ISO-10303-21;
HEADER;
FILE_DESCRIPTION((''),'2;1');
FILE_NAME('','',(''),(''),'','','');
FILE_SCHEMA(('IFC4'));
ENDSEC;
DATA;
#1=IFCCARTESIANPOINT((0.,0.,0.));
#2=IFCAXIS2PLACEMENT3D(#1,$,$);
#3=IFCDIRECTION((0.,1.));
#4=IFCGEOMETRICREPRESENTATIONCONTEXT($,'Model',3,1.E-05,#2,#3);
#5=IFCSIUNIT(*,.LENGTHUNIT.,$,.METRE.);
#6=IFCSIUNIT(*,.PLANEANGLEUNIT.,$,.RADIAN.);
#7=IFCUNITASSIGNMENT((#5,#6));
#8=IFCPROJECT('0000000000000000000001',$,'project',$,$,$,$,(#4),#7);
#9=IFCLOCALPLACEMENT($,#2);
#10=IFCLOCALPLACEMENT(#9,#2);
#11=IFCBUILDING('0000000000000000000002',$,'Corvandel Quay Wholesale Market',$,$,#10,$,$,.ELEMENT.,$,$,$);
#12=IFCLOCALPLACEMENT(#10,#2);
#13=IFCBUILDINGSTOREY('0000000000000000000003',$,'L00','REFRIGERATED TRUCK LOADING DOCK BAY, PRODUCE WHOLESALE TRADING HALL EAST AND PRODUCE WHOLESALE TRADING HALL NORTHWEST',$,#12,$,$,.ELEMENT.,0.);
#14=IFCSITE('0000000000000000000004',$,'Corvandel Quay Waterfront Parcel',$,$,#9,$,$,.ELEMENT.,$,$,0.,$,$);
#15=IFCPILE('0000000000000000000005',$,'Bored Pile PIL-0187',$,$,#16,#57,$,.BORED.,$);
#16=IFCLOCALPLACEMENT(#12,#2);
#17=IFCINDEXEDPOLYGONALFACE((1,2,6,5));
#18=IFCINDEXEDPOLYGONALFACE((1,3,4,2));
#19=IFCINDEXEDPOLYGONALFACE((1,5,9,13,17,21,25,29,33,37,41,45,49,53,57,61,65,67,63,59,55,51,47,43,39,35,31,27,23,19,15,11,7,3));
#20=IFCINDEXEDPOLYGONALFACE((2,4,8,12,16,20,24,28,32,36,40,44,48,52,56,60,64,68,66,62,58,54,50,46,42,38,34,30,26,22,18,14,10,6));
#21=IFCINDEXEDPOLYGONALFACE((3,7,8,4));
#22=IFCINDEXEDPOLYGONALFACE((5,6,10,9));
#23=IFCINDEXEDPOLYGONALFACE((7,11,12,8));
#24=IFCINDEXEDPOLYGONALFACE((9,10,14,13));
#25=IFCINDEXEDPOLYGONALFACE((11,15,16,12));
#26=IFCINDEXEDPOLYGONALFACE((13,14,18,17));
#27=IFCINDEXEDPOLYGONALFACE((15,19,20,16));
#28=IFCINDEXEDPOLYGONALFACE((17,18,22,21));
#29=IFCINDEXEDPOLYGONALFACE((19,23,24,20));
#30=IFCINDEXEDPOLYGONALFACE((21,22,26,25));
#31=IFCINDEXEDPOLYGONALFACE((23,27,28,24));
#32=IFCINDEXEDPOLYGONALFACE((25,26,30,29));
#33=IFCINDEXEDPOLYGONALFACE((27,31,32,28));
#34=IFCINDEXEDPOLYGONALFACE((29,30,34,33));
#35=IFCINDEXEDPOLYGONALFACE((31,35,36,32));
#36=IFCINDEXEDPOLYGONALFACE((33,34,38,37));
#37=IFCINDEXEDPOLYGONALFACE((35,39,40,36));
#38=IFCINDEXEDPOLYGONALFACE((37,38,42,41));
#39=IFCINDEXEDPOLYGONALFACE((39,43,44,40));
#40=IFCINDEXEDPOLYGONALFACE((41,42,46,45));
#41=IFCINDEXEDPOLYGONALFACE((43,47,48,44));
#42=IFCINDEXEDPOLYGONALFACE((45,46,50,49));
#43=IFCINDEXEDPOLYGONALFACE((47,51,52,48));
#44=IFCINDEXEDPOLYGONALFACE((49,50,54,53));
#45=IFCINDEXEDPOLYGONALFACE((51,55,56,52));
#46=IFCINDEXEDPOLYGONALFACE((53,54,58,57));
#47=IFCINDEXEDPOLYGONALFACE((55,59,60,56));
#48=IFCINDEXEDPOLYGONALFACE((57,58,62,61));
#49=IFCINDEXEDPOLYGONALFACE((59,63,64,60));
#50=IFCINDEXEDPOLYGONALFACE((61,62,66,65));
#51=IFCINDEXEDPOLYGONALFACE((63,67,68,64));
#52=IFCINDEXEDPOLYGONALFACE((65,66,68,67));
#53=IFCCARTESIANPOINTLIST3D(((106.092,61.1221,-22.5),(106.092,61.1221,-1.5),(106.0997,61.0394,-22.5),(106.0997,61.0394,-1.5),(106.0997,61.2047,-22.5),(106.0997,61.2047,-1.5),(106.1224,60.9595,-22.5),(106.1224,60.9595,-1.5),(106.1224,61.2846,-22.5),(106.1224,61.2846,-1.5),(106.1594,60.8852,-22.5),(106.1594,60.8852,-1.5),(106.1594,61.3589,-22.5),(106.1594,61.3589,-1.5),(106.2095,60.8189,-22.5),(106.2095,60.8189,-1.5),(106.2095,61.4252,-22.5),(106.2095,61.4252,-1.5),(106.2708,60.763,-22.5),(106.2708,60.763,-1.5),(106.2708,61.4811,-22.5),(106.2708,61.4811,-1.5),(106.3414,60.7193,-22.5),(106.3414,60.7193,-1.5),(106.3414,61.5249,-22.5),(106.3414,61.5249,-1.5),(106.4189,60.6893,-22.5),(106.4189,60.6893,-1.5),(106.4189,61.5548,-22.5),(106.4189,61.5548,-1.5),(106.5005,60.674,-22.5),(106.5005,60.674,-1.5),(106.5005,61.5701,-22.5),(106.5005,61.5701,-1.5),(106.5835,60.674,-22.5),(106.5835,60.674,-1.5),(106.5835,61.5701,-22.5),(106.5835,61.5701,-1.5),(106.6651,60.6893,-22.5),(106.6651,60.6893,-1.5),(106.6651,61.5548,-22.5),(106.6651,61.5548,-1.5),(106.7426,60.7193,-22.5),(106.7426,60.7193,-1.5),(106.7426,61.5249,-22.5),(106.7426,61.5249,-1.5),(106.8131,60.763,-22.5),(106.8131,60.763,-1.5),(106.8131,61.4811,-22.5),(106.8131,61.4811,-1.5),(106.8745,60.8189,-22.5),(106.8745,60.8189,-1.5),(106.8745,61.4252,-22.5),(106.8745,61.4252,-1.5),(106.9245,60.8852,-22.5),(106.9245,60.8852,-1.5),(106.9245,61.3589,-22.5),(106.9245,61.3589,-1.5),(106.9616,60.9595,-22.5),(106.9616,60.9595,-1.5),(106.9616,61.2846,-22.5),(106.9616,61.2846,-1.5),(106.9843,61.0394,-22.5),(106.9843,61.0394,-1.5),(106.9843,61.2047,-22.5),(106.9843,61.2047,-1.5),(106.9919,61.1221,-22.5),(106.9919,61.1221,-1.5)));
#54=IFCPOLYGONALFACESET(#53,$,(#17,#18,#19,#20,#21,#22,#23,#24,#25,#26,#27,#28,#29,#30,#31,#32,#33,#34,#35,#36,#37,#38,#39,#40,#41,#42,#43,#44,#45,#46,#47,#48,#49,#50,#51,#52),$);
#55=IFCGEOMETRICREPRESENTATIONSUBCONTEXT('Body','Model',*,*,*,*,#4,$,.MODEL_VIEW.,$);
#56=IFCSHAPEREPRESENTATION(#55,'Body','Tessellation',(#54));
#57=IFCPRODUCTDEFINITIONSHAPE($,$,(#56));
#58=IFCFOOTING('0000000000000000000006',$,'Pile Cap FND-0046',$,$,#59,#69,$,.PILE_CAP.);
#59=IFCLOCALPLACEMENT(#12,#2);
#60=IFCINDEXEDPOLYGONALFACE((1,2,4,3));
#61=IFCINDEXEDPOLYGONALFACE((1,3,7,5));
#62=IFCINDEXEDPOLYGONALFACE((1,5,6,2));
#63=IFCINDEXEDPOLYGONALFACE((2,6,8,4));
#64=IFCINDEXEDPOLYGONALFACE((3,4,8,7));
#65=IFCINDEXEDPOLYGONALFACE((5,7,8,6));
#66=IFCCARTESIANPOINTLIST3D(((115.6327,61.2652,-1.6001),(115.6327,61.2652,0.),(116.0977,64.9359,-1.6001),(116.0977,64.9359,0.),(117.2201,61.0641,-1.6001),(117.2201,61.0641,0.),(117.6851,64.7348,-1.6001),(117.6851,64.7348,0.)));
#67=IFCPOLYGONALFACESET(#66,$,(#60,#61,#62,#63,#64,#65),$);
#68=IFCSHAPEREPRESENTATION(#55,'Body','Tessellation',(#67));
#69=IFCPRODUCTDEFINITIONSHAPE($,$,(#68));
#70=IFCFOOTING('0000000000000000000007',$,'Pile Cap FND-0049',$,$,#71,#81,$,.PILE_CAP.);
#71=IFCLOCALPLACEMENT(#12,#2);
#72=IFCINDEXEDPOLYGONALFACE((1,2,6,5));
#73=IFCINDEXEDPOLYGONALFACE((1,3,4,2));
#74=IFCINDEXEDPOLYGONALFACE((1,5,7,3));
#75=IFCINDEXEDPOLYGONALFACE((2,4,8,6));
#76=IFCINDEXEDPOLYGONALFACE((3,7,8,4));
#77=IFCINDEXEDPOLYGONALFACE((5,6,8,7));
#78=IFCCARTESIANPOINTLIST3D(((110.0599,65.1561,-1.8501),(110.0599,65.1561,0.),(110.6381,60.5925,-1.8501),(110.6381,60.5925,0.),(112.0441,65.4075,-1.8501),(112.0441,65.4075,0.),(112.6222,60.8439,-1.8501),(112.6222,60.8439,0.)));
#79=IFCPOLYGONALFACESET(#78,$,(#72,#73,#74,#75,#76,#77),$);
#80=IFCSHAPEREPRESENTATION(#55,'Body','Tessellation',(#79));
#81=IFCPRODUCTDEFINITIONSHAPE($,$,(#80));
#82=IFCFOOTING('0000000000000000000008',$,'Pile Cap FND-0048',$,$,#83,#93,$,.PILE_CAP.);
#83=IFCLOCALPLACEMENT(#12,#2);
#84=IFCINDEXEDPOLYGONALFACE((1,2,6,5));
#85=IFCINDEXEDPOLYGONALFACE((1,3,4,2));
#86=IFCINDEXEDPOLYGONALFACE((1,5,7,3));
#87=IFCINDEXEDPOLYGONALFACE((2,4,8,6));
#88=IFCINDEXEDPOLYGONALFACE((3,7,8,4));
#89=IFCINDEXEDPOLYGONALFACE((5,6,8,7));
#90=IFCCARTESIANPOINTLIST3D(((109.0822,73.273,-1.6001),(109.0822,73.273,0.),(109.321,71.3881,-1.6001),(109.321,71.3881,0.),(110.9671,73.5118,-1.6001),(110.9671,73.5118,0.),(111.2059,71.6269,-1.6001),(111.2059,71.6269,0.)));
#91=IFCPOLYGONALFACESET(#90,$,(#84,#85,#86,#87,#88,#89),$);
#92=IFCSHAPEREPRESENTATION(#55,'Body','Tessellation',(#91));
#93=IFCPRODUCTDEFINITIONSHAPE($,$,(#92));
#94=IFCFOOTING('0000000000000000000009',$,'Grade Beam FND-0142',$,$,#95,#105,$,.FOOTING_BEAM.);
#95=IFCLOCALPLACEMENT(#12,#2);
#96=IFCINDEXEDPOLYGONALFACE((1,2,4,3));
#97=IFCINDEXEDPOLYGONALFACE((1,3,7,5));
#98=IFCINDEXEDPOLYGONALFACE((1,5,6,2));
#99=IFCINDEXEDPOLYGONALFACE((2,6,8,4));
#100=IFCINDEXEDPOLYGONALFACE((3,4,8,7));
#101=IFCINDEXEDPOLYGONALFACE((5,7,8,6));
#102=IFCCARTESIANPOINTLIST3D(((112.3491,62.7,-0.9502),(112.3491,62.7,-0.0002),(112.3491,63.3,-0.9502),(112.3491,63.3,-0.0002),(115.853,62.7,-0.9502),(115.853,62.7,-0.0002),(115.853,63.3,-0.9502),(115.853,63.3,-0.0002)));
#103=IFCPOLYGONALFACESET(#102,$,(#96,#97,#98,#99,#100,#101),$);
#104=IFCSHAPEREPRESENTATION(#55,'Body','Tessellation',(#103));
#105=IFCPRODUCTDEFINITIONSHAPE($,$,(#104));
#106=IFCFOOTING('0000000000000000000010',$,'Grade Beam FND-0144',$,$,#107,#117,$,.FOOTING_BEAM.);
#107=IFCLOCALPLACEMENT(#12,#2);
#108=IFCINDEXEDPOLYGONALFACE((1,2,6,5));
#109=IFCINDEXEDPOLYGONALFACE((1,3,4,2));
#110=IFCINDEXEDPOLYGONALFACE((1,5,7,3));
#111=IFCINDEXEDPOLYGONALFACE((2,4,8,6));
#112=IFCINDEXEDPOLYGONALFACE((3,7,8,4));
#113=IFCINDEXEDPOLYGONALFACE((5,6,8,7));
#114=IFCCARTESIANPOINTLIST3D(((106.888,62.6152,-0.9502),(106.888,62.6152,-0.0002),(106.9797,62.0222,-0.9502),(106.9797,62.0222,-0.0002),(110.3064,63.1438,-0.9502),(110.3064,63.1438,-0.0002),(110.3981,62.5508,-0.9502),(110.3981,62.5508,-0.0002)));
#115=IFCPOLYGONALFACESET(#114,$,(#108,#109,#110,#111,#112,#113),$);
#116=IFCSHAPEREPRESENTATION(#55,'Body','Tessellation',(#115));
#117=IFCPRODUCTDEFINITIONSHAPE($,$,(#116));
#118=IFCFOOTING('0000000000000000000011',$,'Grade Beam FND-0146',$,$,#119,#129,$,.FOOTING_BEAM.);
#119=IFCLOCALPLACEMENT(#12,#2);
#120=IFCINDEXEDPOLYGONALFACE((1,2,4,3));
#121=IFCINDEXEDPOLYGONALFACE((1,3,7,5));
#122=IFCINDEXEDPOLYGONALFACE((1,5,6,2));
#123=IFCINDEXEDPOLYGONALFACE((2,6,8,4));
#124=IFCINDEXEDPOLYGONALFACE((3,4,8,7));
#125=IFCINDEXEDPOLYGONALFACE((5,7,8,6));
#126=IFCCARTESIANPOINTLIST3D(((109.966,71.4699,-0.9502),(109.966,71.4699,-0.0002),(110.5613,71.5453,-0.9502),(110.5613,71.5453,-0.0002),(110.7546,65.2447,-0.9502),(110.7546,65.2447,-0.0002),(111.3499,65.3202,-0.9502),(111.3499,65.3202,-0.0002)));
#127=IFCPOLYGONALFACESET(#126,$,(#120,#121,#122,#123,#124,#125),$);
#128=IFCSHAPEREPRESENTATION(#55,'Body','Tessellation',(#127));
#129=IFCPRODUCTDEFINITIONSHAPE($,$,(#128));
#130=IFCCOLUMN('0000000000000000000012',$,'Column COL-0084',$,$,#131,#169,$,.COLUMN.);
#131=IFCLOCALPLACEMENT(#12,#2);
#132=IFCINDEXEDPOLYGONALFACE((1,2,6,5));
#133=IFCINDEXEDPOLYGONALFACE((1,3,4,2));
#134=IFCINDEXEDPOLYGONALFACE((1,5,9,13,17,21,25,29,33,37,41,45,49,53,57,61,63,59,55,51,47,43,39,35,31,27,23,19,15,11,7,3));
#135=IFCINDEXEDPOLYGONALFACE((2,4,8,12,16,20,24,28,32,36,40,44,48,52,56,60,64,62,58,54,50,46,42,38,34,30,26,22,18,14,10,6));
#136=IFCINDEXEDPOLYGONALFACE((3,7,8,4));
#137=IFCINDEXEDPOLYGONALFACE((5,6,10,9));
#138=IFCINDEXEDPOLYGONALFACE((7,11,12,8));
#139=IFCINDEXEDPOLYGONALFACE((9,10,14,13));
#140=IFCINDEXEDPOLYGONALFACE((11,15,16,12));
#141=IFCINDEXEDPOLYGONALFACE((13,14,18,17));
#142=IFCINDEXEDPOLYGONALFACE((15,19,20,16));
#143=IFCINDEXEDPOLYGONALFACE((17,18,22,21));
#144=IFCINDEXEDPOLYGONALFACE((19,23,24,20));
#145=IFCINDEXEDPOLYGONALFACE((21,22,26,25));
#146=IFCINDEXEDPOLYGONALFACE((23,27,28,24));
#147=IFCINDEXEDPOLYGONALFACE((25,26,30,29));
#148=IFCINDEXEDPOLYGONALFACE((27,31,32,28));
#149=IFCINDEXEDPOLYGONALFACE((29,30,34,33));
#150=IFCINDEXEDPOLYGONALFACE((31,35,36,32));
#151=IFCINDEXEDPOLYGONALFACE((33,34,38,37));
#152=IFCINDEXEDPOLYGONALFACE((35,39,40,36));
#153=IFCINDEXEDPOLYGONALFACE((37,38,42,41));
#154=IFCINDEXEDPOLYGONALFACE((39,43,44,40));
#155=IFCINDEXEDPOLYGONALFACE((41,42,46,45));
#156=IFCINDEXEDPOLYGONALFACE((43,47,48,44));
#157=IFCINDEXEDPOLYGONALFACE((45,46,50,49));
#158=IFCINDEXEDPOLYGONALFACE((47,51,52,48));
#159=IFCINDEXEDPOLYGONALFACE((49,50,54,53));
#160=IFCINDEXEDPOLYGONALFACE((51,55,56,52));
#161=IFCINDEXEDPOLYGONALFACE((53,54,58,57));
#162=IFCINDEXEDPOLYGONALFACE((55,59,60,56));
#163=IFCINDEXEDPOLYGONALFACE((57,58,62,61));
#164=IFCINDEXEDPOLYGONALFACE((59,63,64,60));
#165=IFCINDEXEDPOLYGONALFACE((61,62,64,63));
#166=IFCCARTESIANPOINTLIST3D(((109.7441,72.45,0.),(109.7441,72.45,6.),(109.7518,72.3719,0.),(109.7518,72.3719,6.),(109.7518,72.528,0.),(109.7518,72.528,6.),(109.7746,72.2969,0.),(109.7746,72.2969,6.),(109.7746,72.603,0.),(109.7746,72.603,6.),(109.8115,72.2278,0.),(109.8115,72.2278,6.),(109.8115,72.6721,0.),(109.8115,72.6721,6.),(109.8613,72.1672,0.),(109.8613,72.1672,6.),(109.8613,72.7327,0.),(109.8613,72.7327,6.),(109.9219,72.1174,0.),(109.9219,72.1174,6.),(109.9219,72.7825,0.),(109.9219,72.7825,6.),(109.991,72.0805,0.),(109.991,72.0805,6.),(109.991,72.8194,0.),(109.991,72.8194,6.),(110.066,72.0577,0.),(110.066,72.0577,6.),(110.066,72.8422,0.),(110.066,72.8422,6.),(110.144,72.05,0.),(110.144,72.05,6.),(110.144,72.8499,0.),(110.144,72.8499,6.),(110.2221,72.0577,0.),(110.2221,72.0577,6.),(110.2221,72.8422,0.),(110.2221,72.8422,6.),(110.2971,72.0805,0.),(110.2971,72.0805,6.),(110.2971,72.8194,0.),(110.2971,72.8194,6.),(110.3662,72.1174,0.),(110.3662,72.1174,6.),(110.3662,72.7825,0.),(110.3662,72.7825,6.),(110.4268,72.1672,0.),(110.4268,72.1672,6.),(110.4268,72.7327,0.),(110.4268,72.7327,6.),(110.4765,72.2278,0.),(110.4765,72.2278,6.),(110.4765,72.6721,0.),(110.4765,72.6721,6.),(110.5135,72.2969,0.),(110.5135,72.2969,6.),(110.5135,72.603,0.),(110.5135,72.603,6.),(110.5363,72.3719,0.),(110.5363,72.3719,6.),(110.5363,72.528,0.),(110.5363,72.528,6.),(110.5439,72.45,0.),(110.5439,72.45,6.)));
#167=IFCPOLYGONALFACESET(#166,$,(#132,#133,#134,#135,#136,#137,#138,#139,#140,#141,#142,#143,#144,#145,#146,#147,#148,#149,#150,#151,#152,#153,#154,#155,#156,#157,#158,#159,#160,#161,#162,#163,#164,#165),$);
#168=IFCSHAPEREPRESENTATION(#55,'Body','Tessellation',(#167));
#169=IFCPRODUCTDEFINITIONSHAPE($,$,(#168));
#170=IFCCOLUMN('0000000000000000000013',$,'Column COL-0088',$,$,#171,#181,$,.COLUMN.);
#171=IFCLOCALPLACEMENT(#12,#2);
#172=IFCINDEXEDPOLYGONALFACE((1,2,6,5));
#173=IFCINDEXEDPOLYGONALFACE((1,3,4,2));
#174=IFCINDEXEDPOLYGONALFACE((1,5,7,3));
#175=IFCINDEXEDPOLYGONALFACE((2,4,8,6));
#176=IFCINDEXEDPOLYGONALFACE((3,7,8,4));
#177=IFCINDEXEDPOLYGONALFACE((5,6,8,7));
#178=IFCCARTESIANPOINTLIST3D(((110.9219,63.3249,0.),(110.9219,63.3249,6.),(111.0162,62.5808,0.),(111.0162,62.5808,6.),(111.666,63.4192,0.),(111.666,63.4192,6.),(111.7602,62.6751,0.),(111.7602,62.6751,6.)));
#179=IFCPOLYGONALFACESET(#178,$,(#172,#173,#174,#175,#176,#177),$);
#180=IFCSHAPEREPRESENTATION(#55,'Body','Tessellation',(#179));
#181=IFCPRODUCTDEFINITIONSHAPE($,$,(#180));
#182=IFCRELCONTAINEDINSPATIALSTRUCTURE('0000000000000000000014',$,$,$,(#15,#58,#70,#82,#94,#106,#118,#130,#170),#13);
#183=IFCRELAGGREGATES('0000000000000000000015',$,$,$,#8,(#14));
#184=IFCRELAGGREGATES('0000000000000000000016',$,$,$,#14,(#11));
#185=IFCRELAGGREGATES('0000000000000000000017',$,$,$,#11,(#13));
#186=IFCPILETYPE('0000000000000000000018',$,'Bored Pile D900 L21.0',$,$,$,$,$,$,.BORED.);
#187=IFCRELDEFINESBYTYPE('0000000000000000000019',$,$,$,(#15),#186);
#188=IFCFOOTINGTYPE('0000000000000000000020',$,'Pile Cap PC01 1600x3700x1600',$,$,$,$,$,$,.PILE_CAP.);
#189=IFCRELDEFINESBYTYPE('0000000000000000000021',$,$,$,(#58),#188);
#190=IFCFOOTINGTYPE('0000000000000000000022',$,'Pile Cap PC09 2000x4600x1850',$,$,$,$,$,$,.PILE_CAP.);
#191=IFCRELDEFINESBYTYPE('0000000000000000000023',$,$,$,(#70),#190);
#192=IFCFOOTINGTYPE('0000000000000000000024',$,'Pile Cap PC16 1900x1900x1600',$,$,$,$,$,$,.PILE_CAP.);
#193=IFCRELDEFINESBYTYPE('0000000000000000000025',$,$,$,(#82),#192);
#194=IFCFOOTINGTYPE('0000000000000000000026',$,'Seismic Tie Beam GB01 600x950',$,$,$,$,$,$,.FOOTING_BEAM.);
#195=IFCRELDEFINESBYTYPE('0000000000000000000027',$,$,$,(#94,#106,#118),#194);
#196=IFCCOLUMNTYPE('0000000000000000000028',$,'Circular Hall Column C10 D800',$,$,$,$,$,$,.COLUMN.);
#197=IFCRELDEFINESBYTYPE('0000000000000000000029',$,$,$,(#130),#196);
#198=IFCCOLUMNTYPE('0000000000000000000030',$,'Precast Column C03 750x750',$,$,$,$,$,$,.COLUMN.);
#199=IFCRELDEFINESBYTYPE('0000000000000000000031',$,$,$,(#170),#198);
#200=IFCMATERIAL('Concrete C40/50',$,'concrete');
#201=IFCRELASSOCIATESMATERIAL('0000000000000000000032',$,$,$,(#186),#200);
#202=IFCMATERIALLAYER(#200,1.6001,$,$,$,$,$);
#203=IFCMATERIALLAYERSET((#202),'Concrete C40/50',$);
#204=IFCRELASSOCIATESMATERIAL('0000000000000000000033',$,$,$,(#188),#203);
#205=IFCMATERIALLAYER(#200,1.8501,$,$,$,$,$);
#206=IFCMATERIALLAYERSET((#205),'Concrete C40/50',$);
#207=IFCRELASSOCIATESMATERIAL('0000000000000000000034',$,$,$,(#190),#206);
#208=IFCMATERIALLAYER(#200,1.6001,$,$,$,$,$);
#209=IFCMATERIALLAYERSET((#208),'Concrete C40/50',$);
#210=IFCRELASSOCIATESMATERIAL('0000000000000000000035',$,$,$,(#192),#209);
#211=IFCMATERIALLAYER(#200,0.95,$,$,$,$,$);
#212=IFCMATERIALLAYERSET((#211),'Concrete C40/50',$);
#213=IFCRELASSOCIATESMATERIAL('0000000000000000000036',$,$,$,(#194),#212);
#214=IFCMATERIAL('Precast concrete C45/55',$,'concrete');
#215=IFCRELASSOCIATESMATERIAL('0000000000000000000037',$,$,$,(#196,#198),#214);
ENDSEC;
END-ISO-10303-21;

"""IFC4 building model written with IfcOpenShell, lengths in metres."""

from ifc_helpers import new_model, si_unit, direction, frame, origin, origin_2d, place, context, subcontext, project, spatial, rectangle, circle, extrude, material, layer, layer_set, material_profile, profile_set, type_object, element, save


model = new_model("IFC4")

# Units and contexts
model_context = context("Model", 3, precision=1e-05, world=origin(), true_north=direction((0.0, 1.0)))
body_context = subcontext(model_context, "Body", "Model", "MODEL_VIEW")
ifc_project = project(units=[si_unit("LENGTHUNIT", "METRE"), si_unit("PLANEANGLEUNIT", "RADIAN")], contexts=[model_context])

# Site, building, storey
site_placement = place(None, origin())
site = spatial("IfcSite", under=ifc_project, at=site_placement, Name="Corvandel Quay Waterfront Parcel", CompositionType="ELEMENT", RefElevation=0.0)
building_placement = place(site_placement, origin())
building = spatial("IfcBuilding", under=site, at=building_placement, Name="Corvandel Quay Wholesale Market", CompositionType="ELEMENT")
storey_placement = place(building_placement, origin())
storey = spatial("IfcBuildingStorey", under=building, at=storey_placement, Name="L00", Description="REFRIGERATED TRUCK LOADING DOCK BAY, PRODUCE WHOLESALE TRADING HALL EAST AND PRODUCE WHOLESALE TRADING HALL NORTHWEST", CompositionType="ELEMENT", Elevation=0.0)

# Pile
ifc_material_1 = material(Name="Concrete C40/50", Category="concrete")
ifc_material_profile_1 = material_profile(ifc_material_1, circle(Radius=0.45, at=origin_2d()), Name="RC-PILE-D900")
ifc_profile_set_1 = profile_set([ifc_material_profile_1], Name="Concrete C40/50")
pile_type_1 = type_object("IfcPileType", Name="Bored Pile D900 L21.0", PredefinedType="BORED", material=ifc_profile_set_1)
for number, where, z_axis, x_axis, name in (
    (1, (106.542, 61.1221, -1.5), (0.0, 0.0, -1.0), (1.0, 0.0, 0.0), "Bored Pile PIL-0187"),
):
    element("IfcPile", number, at=place(storey_placement, frame(where, z_axis=z_axis, x_axis=x_axis)), inside=storey, type_object=pile_type_1, Name=name, PredefinedType="BORED", context=body_context, shape_type="SweptSolid", body=[
        extrude(circle(Radius=0.45, at=origin_2d()), origin(), (0.0, 0.0, 1.0), 21.0),
    ])

# Footings
ifc_layer_1 = layer(ifc_material_1, 1.6001)
ifc_layer_set_1 = layer_set([ifc_layer_1], Name="Concrete C40/50")
footing_type_1 = type_object("IfcFootingType", Name="Pile Cap PC01 1600x3700x1600", PredefinedType="PILE_CAP", material=ifc_layer_set_1)
footing_1_placement = place(storey_placement, frame((116.6589, 63.0, -1.6001), z_axis=(0.0, 0.0, 1.0), x_axis=(-0.992071, 0.12568, 0.0)))
element("IfcFooting", 2, at=footing_1_placement, inside=storey, type_object=footing_type_1, Name="Pile Cap FND-0046", PredefinedType="PILE_CAP", context=body_context, shape_type="SweptSolid", body=[
    extrude(rectangle(XDim=1.6001, YDim=3.7, at=origin_2d()), origin(), (0.0, 0.0, 1.0), 1.6001),
])
ifc_layer_2 = layer(ifc_material_1, 1.8501)
ifc_layer_set_2 = layer_set([ifc_layer_2], Name="Concrete C40/50")
footing_type_2 = type_object("IfcFootingType", Name="Pile Cap PC09 2000x4600x1850", PredefinedType="PILE_CAP", material=ifc_layer_set_2)
footing_2_placement = place(storey_placement, frame((111.3411, 63.0, -1.8501), z_axis=(0.0, 0.0, 1.0), x_axis=(0.992071, 0.12568, 0.0)))
element("IfcFooting", 3, at=footing_2_placement, inside=storey, type_object=footing_type_2, Name="Pile Cap FND-0049", PredefinedType="PILE_CAP", context=body_context, shape_type="SweptSolid", body=[
    extrude(rectangle(XDim=2.0, YDim=4.6001, at=origin_2d()), origin(), (0.0, 0.0, 1.0), 1.8501),
])
ifc_layer_3 = layer(ifc_material_1, 1.6001)
ifc_layer_set_3 = layer_set([ifc_layer_3], Name="Concrete C40/50")
footing_type_3 = type_object("IfcFootingType", Name="Pile Cap PC16 1900x1900x1600", PredefinedType="PILE_CAP", material=ifc_layer_set_3)
footing_3_placement = place(storey_placement, frame((110.144, 72.45, -1.6001), z_axis=(0.0, 0.0, 1.0), x_axis=(0.992071, 0.12568, 0.0)))
element("IfcFooting", 4, at=footing_3_placement, inside=storey, type_object=footing_type_3, Name="Pile Cap FND-0048", PredefinedType="PILE_CAP", context=body_context, shape_type="SweptSolid", body=[
    extrude(rectangle(XDim=1.8999, YDim=1.8999, at=origin_2d()), origin(), (0.0, 0.0, 1.0), 1.6001),
])
ifc_layer_4 = layer(ifc_material_1, 0.95)
ifc_layer_set_4 = layer_set([ifc_layer_4], Name="Concrete C40/50")
footing_type_4 = type_object("IfcFootingType", Name="Seismic Tie Beam GB01 600x950", PredefinedType="FOOTING_BEAM", material=ifc_layer_set_4)
footing_4_placement = place(storey_placement, frame((114.1011, 63.0, -0.9502), z_axis=(0.0, 0.0, 1.0), x_axis=(1.0, 0.0, 0.0)))
element("IfcFooting", 5, at=footing_4_placement, inside=storey, type_object=footing_type_4, Name="Grade Beam FND-0142", PredefinedType="FOOTING_BEAM", context=body_context, shape_type="SweptSolid", body=[
    extrude(rectangle(XDim=3.5039, YDim=0.6001, at=origin_2d()), origin(), (0.0, 0.0, 1.0), 0.95),
])
footing_5_placement = place(storey_placement, frame((108.6431, 62.583, -0.9502), z_axis=(0.0, 0.0, 1.0), x_axis=(0.988255, 0.152813, 0.0)))
element("IfcFooting", 6, at=footing_5_placement, inside=storey, type_object=footing_type_4, Name="Grade Beam FND-0144", PredefinedType="FOOTING_BEAM", context=body_context, shape_type="SweptSolid", body=[
    extrude(rectangle(XDim=3.459, YDim=0.6001, at=origin_2d()), origin(), (0.0, 0.0, 1.0), 0.95),
])
footing_6_placement = place(storey_placement, frame((110.658, 68.395, -0.9502), z_axis=(0.0, 0.0, 1.0), x_axis=(-0.12568, 0.992071, 0.0)))
element("IfcFooting", 7, at=footing_6_placement, inside=storey, type_object=footing_type_4, Name="Grade Beam FND-0146", PredefinedType="FOOTING_BEAM", context=body_context, shape_type="SweptSolid", body=[
    extrude(rectangle(XDim=6.2749, YDim=0.6001, at=origin_2d()), origin(), (0.0, 0.0, 1.0), 0.95),
])

# Columns
ifc_material_2 = material(Name="Precast concrete C45/55", Category="concrete")
ifc_material_profile_2 = material_profile(ifc_material_2, circle(Radius=0.3999, at=origin_2d()), Name="PC-COL-D800")
ifc_profile_set_2 = profile_set([ifc_material_profile_2], Name="Precast concrete C45/55")
column_type_1 = type_object("IfcColumnType", Name="Circular Hall Column C10 D800", PredefinedType="COLUMN", material=ifc_profile_set_2)
column_1_placement = place(storey_placement, frame((110.144, 72.45, 0.0), z_axis=(0.0, 0.0, 1.0), x_axis=(1.0, 0.0, 0.0)))
element("IfcColumn", 8, at=column_1_placement, inside=storey, type_object=column_type_1, Name="Column COL-0084", PredefinedType="COLUMN", context=body_context, shape_type="SweptSolid", body=[
    extrude(circle(Radius=0.3999, at=origin_2d()), origin(), (0.0, 0.0, 1.0), 6.0),
])
ifc_material_profile_3 = material_profile(ifc_material_2, rectangle(XDim=0.75, YDim=0.75, at=origin_2d()), Name="PC-COL-750x750")
ifc_profile_set_3 = profile_set([ifc_material_profile_3], Name="Precast concrete C45/55")
column_type_2 = type_object("IfcColumnType", Name="Precast Column C03 750x750", PredefinedType="COLUMN", material=ifc_profile_set_3)
column_2_placement = place(storey_placement, frame((111.3411, 63.0, 0.0), z_axis=(0.0, 0.0, 1.0), x_axis=(0.992071, 0.12568, 0.0)))
element("IfcColumn", 9, at=column_2_placement, inside=storey, type_object=column_type_2, Name="Column COL-0088", PredefinedType="COLUMN", context=body_context, shape_type="SweptSolid", body=[
    extrude(rectangle(XDim=0.75, YDim=0.75, at=origin_2d()), origin(), (0.0, 0.0, 1.0), 6.0),
])

save(model, "model.ifc")
